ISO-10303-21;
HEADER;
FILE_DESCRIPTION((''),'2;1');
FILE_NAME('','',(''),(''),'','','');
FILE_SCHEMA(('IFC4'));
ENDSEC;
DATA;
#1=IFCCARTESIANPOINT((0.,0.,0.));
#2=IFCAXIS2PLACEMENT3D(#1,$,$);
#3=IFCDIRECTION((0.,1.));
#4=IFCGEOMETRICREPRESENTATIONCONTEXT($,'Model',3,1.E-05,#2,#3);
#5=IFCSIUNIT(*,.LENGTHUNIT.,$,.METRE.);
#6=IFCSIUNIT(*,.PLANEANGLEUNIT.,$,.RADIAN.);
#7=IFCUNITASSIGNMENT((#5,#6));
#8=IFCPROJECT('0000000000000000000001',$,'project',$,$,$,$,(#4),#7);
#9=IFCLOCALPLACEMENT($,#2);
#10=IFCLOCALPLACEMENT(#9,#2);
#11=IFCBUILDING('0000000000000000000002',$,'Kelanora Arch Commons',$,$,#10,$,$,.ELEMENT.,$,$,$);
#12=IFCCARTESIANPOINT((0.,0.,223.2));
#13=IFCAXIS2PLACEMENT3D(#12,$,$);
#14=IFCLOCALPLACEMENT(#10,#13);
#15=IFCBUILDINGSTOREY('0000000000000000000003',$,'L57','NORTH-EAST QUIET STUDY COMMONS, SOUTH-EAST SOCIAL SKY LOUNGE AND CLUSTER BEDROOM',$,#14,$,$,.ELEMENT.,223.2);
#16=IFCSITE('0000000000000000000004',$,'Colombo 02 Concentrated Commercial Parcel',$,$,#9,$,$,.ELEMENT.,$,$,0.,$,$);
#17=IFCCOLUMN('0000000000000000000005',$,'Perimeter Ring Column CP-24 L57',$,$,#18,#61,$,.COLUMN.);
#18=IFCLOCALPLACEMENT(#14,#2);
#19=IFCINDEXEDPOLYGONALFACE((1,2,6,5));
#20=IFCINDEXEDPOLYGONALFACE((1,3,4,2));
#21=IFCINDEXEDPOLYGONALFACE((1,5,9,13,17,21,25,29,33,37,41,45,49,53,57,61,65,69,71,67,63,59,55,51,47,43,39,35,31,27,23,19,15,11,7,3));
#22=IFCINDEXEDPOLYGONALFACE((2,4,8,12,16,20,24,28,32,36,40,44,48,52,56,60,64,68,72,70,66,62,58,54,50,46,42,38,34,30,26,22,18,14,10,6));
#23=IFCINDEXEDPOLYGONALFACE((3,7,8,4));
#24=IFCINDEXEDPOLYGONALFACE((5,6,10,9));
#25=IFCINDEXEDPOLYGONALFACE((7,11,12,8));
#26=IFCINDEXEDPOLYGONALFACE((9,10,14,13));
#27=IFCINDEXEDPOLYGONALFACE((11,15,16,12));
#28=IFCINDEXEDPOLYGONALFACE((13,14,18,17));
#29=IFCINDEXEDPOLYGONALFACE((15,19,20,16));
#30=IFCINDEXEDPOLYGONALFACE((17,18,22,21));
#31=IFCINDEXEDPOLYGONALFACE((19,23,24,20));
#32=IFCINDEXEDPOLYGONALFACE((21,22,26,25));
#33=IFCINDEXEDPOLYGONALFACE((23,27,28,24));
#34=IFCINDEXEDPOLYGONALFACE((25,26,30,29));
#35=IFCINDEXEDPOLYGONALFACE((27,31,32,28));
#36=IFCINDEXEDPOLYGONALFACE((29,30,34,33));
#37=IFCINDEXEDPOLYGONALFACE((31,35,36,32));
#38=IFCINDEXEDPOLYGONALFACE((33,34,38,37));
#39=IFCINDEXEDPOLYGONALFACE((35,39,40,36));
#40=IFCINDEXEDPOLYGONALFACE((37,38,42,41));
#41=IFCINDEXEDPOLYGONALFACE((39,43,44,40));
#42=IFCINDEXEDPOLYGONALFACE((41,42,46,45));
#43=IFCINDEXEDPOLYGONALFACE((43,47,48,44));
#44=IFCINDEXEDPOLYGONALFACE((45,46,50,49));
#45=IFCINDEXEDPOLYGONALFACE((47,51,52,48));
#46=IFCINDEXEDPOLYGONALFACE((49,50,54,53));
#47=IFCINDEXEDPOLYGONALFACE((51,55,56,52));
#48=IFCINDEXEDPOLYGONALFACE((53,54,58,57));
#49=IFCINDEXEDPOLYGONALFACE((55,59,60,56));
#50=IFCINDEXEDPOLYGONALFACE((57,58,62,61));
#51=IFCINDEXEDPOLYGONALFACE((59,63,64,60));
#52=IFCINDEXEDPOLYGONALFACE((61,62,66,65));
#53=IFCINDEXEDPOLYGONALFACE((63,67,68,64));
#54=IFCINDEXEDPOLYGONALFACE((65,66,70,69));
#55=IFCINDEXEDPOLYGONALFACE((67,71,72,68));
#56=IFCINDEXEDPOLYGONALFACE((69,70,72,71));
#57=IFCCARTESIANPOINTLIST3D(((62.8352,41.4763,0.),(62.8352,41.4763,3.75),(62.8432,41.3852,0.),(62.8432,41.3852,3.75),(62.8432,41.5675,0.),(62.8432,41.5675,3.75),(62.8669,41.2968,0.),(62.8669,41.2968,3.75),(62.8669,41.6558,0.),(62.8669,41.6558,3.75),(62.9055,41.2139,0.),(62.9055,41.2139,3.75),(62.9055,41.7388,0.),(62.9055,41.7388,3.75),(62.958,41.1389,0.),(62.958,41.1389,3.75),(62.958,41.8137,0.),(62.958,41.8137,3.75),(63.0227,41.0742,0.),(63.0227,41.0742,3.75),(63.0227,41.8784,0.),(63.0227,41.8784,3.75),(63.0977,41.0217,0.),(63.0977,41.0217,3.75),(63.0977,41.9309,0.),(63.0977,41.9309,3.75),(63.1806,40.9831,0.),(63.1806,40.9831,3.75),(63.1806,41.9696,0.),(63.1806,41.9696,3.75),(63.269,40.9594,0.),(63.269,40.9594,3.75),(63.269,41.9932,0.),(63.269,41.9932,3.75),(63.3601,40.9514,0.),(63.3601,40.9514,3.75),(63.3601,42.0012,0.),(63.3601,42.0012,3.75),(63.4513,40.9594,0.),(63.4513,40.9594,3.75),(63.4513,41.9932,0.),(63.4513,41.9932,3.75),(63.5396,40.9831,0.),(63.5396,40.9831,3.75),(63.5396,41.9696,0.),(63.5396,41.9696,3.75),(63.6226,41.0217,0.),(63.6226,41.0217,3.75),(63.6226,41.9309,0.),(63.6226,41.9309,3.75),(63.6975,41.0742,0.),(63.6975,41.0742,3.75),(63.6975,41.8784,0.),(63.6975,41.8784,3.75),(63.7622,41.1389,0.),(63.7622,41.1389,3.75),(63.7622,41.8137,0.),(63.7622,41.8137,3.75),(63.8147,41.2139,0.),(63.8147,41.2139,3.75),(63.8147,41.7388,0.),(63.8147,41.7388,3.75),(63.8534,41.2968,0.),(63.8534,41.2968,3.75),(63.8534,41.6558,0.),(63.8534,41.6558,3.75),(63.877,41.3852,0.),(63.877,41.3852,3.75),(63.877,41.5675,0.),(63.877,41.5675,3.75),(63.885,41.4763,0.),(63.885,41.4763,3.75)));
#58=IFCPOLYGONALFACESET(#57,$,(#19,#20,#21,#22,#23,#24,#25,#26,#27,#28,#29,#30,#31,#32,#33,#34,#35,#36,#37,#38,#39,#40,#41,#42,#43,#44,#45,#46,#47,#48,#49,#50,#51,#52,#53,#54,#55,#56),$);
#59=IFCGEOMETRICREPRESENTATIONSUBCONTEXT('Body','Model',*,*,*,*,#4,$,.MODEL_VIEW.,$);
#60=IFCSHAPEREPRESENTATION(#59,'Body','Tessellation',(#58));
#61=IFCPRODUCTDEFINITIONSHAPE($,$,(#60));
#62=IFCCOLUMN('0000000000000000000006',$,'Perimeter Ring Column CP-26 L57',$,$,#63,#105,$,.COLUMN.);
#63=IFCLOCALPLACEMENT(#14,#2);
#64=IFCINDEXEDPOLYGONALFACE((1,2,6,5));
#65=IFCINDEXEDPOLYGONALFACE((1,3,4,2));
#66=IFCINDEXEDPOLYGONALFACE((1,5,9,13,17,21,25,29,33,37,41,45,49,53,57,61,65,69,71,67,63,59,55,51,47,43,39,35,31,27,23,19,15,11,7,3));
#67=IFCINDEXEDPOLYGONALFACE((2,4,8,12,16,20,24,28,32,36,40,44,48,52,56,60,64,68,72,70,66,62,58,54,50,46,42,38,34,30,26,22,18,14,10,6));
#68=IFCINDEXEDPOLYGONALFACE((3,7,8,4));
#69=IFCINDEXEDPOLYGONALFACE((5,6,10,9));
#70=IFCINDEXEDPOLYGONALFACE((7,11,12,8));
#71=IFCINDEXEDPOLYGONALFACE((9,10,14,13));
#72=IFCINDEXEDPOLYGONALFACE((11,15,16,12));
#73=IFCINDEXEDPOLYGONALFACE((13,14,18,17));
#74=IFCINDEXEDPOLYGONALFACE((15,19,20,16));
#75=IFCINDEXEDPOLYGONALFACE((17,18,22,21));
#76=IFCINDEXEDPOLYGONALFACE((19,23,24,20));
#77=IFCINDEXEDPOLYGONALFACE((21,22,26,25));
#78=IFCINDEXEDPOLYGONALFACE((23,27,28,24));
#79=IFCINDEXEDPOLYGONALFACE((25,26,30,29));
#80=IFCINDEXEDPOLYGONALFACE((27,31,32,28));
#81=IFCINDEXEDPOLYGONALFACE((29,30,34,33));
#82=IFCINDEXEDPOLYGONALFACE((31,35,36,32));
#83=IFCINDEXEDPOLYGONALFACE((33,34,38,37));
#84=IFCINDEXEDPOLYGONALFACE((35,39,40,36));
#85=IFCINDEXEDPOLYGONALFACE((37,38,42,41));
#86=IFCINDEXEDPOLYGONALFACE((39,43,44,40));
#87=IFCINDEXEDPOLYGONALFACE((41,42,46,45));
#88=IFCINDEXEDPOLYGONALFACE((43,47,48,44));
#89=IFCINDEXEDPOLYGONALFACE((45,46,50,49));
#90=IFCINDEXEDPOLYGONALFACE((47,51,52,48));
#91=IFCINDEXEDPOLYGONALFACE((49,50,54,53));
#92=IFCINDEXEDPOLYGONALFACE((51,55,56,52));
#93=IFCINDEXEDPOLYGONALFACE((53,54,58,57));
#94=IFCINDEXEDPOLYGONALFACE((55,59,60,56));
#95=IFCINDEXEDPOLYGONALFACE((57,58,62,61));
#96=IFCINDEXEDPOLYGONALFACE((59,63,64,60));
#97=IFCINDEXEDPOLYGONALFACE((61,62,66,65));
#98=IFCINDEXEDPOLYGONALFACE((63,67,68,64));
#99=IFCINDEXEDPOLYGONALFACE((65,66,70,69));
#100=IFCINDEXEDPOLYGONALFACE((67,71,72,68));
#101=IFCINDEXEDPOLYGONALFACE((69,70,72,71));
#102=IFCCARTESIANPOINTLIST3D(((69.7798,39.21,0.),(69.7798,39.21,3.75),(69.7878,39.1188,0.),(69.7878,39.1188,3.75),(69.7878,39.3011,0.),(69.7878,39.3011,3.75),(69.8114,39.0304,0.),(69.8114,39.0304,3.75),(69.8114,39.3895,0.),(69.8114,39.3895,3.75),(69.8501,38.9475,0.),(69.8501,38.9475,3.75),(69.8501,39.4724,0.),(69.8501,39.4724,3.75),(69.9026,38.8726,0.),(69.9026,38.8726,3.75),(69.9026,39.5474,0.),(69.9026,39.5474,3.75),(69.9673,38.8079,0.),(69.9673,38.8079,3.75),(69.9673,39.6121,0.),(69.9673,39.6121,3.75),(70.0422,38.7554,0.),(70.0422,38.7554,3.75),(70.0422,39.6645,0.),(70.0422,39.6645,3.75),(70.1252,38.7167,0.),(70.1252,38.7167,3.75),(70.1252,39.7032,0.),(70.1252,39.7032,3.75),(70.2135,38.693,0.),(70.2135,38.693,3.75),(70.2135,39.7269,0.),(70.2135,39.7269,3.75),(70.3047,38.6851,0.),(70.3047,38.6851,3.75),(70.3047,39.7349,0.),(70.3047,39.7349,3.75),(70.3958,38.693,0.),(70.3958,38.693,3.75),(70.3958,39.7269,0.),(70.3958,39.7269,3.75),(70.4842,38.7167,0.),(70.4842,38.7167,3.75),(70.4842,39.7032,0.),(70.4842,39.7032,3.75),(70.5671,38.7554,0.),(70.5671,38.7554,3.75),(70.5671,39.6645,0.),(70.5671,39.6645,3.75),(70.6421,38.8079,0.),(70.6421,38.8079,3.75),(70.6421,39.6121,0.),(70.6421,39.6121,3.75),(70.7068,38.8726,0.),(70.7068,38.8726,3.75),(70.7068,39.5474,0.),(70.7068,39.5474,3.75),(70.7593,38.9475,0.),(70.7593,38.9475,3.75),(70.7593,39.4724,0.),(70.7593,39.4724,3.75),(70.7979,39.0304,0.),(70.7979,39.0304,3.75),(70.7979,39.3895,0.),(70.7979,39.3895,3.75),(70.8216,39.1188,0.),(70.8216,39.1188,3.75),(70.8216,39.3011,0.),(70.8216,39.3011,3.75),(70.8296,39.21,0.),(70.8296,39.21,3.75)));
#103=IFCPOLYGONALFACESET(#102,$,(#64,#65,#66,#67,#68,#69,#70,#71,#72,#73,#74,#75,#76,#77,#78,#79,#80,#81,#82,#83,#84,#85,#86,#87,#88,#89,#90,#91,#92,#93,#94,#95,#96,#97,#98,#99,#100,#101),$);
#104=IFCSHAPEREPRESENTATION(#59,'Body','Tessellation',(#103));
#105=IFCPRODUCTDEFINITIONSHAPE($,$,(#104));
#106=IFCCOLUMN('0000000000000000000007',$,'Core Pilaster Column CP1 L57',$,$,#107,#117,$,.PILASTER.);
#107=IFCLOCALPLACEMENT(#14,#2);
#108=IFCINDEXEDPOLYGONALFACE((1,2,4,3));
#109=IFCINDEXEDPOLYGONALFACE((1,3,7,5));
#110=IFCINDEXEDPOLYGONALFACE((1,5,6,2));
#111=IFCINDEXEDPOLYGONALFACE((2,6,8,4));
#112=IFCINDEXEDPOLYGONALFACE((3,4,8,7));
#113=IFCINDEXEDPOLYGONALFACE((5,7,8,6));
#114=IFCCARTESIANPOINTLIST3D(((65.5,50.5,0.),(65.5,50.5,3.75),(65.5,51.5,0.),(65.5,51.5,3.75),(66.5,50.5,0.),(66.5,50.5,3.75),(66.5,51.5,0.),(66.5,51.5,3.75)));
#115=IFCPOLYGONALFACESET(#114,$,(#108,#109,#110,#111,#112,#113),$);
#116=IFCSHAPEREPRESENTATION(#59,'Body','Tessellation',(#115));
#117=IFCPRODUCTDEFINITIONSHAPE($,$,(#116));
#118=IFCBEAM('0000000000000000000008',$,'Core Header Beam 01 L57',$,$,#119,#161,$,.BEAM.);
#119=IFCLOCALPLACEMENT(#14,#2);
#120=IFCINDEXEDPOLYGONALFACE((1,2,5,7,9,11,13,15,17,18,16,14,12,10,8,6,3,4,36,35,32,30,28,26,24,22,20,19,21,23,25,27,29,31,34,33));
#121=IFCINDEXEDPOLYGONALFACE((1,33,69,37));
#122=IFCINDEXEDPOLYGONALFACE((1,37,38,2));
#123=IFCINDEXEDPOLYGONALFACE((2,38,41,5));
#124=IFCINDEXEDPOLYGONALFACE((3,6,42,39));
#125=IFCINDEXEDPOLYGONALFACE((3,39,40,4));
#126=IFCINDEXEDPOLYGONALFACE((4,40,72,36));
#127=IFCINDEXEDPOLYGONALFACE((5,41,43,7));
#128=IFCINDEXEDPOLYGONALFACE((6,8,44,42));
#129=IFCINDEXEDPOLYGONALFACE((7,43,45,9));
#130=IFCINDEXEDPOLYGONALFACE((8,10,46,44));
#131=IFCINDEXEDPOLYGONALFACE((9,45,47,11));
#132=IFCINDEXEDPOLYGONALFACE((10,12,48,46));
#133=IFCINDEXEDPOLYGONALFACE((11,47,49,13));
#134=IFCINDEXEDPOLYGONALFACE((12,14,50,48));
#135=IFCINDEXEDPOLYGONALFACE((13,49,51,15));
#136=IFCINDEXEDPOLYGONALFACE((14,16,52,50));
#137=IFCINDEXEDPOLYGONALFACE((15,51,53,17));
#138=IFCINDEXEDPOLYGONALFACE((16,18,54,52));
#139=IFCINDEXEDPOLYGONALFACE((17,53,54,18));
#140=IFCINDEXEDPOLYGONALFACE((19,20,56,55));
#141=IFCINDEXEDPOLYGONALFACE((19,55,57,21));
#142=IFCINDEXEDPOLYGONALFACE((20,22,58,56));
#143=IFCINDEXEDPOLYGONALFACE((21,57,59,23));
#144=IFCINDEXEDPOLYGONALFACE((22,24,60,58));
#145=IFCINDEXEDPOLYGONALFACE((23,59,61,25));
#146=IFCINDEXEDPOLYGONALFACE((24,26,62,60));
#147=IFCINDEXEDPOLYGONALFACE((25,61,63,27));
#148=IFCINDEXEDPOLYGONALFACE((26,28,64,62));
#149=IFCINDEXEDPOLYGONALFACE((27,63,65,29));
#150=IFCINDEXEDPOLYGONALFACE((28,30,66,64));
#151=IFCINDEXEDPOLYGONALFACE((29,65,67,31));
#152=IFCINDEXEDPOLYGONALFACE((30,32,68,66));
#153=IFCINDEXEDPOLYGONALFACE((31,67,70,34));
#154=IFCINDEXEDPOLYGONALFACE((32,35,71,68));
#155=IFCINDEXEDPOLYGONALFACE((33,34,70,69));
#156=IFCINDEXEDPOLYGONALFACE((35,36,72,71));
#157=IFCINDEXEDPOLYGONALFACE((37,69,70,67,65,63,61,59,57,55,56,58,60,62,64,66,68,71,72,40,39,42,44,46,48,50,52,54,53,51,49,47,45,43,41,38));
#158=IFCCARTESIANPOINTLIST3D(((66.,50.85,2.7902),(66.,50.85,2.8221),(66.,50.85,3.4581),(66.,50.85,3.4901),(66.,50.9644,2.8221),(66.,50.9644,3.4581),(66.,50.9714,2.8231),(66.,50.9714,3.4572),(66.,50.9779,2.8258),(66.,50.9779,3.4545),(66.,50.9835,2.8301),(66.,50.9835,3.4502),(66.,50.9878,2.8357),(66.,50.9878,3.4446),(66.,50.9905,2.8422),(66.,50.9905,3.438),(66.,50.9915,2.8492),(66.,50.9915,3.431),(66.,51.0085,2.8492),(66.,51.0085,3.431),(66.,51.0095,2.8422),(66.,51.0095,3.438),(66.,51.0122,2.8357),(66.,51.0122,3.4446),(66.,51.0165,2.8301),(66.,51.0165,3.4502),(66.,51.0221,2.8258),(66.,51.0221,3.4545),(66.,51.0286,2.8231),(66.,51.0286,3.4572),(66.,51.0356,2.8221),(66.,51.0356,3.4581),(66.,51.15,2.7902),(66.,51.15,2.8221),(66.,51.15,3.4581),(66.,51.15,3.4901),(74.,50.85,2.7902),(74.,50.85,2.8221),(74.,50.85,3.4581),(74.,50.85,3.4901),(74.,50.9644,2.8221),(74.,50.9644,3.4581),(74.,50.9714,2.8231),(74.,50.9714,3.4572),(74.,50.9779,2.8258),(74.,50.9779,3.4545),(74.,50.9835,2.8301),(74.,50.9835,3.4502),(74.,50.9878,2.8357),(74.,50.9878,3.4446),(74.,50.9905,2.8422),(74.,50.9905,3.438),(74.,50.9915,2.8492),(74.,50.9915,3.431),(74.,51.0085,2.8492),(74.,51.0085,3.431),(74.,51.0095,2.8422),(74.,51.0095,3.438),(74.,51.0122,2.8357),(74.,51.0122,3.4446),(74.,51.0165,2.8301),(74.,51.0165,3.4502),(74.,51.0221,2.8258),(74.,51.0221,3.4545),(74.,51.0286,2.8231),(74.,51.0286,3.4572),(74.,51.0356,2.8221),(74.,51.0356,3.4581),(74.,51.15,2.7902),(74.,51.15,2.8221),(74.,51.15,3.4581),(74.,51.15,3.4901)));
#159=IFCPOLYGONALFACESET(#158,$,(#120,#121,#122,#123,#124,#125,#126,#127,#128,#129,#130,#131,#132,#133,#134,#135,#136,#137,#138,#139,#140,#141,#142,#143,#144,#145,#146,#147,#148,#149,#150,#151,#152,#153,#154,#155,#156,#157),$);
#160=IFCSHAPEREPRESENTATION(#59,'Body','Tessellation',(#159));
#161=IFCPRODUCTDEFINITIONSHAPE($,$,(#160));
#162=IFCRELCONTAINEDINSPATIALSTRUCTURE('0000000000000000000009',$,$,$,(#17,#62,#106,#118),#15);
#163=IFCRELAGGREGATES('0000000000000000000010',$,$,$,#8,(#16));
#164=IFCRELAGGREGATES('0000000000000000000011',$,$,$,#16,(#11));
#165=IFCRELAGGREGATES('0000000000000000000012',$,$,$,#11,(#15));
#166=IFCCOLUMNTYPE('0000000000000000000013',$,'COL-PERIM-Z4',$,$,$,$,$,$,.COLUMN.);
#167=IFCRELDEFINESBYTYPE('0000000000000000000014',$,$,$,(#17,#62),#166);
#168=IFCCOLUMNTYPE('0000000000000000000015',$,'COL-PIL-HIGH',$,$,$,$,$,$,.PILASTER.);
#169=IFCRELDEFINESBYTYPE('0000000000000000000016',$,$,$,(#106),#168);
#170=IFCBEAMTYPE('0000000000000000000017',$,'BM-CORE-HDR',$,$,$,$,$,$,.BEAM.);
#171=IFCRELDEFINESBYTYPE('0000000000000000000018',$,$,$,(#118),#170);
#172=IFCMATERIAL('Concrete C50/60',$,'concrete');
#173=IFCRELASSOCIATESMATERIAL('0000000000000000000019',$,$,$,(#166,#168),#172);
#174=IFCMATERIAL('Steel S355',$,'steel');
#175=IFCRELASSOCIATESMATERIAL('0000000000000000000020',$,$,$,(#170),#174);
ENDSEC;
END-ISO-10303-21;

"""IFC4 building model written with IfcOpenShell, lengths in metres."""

from ifc_helpers import new_model, si_unit, direction, frame, origin, origin_2d, place, context, subcontext, project, spatial, rectangle, circle, i_section, extrude, material, material_profile, profile_set, type_object, element, save


model = new_model("IFC4")

# Units and contexts
model_context = context("Model", 3, precision=1e-05, world=origin(), true_north=direction((0.0, 1.0)))
body_context = subcontext(model_context, "Body", "Model", "MODEL_VIEW")
ifc_project = project(units=[si_unit("LENGTHUNIT", "METRE"), si_unit("PLANEANGLEUNIT", "RADIAN")], contexts=[model_context])

# Site, building, storey
site_placement = place(None, origin())
site = spatial("IfcSite", under=ifc_project, at=site_placement, Name="Colombo 02 Concentrated Commercial Parcel", CompositionType="ELEMENT", RefElevation=0.0)
building_placement = place(site_placement, origin())
building = spatial("IfcBuilding", under=site, at=building_placement, Name="Kelanora Arch Commons", CompositionType="ELEMENT")
storey_placement = place(building_placement, frame((0.0, 0.0, 223.2)))
storey = spatial("IfcBuildingStorey", under=building, at=storey_placement, Name="L57", Description="NORTH-EAST QUIET STUDY COMMONS, SOUTH-EAST SOCIAL SKY LOUNGE AND CLUSTER BEDROOM", CompositionType="ELEMENT", Elevation=223.2)

# Columns
ifc_material_1 = material(Name="Concrete C50/60", Category="concrete")
ifc_material_profile_1 = material_profile(ifc_material_1, circle(Radius=0.5249, at=origin_2d()), Name="RCC1050")
ifc_profile_set_1 = profile_set([ifc_material_profile_1], Name="Concrete C50/60")
column_type_1 = type_object("IfcColumnType", Name="COL-PERIM-Z4", PredefinedType="COLUMN", material=ifc_profile_set_1)
for number, where, z_axis, x_axis, name in (
    (1, (63.3601, 41.4763, 0.0), (0.0, 0.0, 1.0), (1.0, 0.0, 0.0), "Perimeter Ring Column CP-24 L57"),
    (2, (70.3047, 39.21, 0.0), (0.0, 0.0, 1.0), (1.0, 0.0, 0.0), "Perimeter Ring Column CP-26 L57"),
):
    element("IfcColumn", number, at=place(storey_placement, frame(where, z_axis=z_axis, x_axis=x_axis)), inside=storey, type_object=column_type_1, Name=name, PredefinedType="COLUMN", context=body_context, shape_type="SweptSolid", body=[
        extrude(circle(Radius=0.5249, at=origin_2d()), origin(), (0.0, 0.0, 1.0), 3.75),
    ])
ifc_material_profile_2 = material_profile(ifc_material_1, rectangle(XDim=1.0, YDim=1.0, at=origin_2d()), Name="RC1000x1000")
ifc_profile_set_2 = profile_set([ifc_material_profile_2], Name="Concrete C50/60")
column_type_2 = type_object("IfcColumnType", Name="COL-PIL-HIGH", PredefinedType="PILASTER", material=ifc_profile_set_2)
column_placement = place(storey_placement, frame((66.0, 51.0, 0.0), z_axis=(0.0, 0.0, 1.0), x_axis=(1.0, 0.0, 0.0)))
element("IfcColumn", 3, at=column_placement, inside=storey, type_object=column_type_2, Name="Core Pilaster Column CP1 L57", PredefinedType="PILASTER", context=body_context, shape_type="SweptSolid", body=[
    extrude(rectangle(XDim=1.0, YDim=1.0, at=origin_2d()), origin(), (0.0, 0.0, 1.0), 3.75),
])

# Beam
ifc_material_2 = material(Name="Steel S355", Category="steel")
ifc_material_profile_3 = material_profile(ifc_material_2, i_section(OverallWidth=0.3, OverallDepth=0.7, WebThickness=0.0171, FlangeThickness=0.032, FilletRadius=0.0271, at=origin_2d()), Name="HEB700")
ifc_profile_set_3 = profile_set([ifc_material_profile_3], Name="Steel S355")
beam_type_1 = type_object("IfcBeamType", Name="BM-CORE-HDR", PredefinedType="BEAM", material=ifc_profile_set_3)
beam_1_placement = place(storey_placement, frame((66.0, 51.0, 3.1401), z_axis=(1.0, 0.0, 0.0), x_axis=(0.0, 1.0, 0.0)))
element("IfcBeam", 4, at=beam_1_placement, inside=storey, type_object=beam_type_1, Name="Core Header Beam 01 L57", PredefinedType="BEAM", context=body_context, shape_type="SweptSolid", body=[
    extrude(i_section(OverallWidth=0.3, OverallDepth=0.7, WebThickness=0.0171, FlangeThickness=0.032, FilletRadius=0.0271, at=origin_2d()), origin(), (0.0, 0.0, 1.0), 8.0),
])

save(model, "model.ifc")
